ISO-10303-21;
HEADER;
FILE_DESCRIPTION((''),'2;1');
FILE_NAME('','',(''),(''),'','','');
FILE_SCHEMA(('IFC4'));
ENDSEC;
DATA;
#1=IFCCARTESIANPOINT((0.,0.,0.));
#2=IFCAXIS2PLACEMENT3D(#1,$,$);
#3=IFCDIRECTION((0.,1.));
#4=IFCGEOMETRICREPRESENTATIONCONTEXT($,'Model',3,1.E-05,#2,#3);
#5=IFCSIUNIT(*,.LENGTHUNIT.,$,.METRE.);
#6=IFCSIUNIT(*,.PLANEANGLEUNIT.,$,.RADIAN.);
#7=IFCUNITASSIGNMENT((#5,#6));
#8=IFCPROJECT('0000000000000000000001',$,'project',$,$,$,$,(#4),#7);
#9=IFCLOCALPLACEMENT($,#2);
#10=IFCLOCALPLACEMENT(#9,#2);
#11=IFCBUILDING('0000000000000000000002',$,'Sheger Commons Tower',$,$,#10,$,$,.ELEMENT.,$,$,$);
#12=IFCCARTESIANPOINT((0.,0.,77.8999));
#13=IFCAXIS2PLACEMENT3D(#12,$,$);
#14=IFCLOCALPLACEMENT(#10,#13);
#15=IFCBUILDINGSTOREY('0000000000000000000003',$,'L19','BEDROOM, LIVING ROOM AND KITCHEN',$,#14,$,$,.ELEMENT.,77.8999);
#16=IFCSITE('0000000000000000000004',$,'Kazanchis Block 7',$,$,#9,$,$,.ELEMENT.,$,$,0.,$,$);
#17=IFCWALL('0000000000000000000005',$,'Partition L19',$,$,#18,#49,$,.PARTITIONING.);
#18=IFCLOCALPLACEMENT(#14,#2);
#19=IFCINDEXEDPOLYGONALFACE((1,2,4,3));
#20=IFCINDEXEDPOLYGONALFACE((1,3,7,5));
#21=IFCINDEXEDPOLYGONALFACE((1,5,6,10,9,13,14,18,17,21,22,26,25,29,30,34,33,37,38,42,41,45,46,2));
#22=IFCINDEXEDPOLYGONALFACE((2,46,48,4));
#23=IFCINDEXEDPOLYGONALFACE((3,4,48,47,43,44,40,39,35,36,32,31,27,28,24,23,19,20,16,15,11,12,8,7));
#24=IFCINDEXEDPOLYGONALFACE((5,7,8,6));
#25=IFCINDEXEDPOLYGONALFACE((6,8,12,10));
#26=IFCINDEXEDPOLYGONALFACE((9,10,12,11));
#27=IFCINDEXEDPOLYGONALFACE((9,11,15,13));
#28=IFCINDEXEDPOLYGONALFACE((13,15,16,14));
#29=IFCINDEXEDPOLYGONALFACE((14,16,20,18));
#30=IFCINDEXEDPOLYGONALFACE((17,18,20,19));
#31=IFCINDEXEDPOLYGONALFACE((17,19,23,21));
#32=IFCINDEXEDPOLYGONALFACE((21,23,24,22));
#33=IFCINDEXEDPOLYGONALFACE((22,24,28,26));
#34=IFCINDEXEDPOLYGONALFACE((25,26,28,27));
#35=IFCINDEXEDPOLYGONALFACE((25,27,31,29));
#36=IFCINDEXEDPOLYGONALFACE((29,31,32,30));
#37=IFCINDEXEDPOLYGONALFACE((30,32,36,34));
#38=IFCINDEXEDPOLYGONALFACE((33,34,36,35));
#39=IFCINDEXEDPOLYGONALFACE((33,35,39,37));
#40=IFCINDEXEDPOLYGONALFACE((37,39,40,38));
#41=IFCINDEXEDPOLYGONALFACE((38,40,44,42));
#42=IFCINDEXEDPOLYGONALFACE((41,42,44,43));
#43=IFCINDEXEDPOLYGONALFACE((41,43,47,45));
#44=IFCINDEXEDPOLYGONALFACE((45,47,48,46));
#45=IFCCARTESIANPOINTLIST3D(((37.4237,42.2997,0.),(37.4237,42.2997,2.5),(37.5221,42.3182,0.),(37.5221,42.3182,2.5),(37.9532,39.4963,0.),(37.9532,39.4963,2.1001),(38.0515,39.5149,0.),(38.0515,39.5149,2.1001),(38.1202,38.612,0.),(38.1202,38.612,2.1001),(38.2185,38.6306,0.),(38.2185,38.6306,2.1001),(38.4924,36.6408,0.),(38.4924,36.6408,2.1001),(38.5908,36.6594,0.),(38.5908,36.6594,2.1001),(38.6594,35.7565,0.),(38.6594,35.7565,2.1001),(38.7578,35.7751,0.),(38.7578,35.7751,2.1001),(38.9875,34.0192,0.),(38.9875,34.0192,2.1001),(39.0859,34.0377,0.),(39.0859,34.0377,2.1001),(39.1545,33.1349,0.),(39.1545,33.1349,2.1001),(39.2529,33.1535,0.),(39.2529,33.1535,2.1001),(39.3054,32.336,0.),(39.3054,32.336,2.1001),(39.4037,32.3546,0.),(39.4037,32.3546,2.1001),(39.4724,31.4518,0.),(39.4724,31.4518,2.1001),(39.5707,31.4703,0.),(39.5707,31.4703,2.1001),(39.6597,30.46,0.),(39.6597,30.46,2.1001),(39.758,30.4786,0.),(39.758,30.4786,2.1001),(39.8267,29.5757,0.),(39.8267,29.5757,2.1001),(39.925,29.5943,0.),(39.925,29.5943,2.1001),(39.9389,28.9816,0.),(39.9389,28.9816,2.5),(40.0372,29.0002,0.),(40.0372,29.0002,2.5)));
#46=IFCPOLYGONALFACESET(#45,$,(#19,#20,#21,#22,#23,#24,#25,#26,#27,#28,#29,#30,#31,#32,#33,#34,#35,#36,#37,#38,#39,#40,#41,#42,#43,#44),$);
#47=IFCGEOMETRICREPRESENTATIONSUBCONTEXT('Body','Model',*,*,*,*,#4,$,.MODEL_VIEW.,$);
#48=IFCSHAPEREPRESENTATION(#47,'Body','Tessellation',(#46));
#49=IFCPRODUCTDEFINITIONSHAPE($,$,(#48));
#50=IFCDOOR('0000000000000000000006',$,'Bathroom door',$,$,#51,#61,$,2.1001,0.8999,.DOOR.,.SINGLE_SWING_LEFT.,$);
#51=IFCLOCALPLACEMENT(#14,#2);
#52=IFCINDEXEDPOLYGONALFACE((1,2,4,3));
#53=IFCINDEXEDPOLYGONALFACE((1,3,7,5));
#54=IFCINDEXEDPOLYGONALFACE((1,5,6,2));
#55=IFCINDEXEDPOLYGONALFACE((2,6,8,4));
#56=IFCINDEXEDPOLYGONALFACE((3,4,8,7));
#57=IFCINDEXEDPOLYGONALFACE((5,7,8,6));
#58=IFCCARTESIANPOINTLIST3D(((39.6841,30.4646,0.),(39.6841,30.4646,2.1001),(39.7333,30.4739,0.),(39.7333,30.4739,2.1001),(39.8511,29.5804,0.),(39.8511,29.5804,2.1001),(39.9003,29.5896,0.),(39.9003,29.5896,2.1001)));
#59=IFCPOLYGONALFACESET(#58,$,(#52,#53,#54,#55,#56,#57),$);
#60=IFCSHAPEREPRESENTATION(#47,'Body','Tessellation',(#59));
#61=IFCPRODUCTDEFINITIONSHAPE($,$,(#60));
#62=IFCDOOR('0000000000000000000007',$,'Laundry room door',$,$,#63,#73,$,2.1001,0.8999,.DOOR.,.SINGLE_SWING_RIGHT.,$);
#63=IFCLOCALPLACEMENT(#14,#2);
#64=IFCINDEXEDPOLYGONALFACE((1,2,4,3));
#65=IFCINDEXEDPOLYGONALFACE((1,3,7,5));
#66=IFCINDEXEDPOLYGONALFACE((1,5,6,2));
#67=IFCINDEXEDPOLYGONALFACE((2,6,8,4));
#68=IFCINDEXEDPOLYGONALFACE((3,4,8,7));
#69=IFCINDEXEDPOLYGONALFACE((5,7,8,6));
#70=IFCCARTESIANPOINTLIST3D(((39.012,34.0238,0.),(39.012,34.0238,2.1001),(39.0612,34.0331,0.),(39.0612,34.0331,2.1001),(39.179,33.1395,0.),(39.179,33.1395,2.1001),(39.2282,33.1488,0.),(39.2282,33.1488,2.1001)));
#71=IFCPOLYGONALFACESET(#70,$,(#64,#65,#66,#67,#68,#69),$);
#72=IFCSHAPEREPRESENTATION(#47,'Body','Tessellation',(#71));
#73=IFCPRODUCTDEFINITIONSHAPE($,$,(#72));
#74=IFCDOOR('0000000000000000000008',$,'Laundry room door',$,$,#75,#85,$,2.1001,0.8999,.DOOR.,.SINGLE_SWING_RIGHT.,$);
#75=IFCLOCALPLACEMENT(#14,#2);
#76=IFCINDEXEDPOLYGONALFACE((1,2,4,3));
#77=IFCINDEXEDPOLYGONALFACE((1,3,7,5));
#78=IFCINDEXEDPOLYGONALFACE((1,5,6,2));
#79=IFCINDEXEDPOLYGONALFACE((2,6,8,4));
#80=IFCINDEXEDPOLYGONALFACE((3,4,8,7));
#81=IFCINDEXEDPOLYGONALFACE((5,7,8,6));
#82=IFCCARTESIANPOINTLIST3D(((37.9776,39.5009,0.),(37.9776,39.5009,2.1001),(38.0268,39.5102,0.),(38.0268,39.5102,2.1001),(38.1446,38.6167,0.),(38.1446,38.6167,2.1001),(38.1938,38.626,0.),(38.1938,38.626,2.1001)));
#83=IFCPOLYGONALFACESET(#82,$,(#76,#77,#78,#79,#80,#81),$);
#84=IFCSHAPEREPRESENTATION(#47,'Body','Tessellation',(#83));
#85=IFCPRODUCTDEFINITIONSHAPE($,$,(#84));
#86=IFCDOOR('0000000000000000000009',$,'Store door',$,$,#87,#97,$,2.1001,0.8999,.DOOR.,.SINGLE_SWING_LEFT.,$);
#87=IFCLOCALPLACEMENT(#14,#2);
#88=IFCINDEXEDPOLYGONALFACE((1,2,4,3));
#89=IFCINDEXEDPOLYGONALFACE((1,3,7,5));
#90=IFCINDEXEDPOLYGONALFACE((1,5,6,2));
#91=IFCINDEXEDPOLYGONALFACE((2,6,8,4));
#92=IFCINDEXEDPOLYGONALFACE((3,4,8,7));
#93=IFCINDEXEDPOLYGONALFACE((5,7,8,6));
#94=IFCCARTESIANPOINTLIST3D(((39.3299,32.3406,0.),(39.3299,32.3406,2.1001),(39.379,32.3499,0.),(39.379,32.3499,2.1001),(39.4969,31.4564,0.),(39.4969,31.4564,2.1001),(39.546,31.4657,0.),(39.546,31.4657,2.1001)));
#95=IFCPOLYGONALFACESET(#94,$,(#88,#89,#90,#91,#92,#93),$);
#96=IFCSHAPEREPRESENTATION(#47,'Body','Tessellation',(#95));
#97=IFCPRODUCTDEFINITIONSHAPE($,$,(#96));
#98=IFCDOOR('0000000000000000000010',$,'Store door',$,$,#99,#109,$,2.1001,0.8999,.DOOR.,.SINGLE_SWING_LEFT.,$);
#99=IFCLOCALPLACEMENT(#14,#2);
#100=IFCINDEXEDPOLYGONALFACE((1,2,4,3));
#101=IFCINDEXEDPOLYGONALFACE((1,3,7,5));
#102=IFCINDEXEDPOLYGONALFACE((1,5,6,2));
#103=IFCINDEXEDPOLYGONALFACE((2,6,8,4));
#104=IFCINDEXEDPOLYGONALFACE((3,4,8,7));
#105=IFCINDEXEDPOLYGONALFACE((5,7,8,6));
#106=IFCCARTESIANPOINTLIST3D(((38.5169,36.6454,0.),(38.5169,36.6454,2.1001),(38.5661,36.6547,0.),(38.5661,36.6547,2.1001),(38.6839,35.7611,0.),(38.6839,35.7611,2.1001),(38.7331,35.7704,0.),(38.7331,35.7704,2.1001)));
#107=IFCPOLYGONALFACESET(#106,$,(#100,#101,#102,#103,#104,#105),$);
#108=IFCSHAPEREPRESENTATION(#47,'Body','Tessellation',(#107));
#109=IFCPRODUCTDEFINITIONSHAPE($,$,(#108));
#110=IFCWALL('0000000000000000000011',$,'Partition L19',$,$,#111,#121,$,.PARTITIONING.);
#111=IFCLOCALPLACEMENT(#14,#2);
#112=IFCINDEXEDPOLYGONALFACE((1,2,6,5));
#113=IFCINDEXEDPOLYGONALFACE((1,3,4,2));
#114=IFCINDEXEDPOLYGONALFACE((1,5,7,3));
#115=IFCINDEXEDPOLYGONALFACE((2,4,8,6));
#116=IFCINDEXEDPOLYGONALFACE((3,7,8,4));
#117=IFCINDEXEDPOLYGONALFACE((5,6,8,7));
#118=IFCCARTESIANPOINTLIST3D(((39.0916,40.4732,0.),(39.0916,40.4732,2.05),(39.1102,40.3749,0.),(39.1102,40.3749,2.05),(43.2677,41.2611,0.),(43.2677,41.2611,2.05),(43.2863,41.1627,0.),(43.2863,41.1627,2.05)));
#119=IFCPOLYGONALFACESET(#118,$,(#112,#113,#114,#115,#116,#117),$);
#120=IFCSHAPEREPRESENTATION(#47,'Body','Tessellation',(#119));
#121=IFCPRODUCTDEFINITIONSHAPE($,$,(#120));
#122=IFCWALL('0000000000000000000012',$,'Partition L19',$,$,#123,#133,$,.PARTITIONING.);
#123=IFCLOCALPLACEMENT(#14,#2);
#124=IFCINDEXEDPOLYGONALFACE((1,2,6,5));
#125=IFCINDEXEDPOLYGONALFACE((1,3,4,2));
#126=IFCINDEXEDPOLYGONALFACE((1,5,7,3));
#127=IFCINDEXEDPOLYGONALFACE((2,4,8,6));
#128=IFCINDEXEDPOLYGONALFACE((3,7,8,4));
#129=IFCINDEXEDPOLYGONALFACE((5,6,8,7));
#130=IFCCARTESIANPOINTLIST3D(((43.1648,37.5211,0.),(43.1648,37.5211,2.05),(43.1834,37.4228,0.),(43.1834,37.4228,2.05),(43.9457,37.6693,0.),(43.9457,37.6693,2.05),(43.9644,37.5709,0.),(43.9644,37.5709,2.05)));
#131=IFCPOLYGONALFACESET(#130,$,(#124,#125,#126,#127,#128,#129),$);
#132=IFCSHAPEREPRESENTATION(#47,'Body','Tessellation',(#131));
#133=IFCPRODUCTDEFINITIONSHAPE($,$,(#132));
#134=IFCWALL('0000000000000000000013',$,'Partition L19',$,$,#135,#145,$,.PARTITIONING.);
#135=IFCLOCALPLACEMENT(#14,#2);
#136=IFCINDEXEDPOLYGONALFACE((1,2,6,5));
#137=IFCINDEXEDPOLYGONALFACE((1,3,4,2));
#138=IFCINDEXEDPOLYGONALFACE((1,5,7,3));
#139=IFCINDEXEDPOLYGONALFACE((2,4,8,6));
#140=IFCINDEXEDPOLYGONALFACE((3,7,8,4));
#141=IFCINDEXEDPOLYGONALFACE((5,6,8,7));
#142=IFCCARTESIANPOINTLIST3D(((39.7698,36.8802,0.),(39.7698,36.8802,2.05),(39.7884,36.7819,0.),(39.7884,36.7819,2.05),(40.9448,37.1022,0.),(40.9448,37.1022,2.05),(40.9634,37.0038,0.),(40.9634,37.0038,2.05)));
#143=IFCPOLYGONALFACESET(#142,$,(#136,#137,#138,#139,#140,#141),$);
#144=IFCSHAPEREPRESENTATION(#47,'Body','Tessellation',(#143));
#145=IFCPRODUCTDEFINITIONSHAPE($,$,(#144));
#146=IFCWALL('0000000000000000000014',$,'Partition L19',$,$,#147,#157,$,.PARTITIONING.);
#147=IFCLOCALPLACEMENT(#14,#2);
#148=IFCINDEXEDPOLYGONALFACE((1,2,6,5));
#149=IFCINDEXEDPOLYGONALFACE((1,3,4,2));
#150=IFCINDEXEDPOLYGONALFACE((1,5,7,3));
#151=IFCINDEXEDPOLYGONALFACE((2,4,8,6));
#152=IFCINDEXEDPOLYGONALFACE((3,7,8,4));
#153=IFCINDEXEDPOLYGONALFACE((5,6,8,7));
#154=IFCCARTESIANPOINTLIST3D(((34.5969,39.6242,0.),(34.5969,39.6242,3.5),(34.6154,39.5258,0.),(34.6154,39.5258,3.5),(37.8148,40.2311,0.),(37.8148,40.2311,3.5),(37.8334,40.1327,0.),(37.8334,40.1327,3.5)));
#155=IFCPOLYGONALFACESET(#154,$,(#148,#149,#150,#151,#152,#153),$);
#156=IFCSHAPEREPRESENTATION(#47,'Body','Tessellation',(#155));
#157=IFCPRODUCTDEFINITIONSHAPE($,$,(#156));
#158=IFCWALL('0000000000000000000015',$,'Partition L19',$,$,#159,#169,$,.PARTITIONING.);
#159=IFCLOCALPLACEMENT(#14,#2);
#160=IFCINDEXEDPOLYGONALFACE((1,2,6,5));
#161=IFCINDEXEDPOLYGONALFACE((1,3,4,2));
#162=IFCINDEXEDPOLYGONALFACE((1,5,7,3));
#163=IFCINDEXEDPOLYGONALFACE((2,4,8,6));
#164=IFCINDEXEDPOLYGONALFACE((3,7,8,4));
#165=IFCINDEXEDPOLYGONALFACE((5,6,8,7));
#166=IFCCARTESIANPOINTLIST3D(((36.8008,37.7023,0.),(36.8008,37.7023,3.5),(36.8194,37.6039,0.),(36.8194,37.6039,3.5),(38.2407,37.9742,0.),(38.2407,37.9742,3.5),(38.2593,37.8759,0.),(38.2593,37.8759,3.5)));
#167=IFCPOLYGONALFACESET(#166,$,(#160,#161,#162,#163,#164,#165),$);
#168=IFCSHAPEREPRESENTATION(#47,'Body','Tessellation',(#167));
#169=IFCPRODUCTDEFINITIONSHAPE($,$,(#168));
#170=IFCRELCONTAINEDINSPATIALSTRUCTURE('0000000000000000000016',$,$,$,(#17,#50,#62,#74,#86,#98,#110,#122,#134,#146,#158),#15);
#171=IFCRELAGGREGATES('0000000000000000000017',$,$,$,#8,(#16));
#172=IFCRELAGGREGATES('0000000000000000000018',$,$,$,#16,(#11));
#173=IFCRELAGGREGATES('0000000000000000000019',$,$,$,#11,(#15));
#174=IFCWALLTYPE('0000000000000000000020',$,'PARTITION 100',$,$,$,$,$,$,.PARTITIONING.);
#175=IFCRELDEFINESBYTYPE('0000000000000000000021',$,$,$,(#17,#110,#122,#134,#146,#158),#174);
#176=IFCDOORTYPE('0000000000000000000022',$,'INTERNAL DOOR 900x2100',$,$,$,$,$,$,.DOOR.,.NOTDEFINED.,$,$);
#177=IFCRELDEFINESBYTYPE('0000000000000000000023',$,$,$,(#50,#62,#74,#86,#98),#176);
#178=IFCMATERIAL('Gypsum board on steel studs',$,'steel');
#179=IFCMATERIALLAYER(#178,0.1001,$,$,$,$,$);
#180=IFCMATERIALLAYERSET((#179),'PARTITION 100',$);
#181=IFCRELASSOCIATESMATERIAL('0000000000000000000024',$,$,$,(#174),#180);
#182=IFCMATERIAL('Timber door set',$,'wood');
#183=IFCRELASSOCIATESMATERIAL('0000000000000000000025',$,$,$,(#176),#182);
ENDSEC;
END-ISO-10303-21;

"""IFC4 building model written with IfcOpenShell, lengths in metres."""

from ifc_helpers import new_model, si_unit, direction, frame, frame_2d, origin, place, context, subcontext, project, spatial, rectangle, extrude, material, layer, layer_set, type_object, element, fill, save


model = new_model("IFC4")

# Units and contexts
model_context = context("Model", 3, precision=1e-05, world=origin(), true_north=direction((0.0, 1.0)))
body_context = subcontext(model_context, "Body", "Model", "MODEL_VIEW")
ifc_project = project(units=[si_unit("LENGTHUNIT", "METRE"), si_unit("PLANEANGLEUNIT", "RADIAN")], contexts=[model_context])

# Site, building, storey
site_placement = place(None, origin())
site = spatial("IfcSite", under=ifc_project, at=site_placement, Name="Kazanchis Block 7", CompositionType="ELEMENT", RefElevation=0.0)
building_placement = place(site_placement, origin())
building = spatial("IfcBuilding", under=site, at=building_placement, Name="Sheger Commons Tower", CompositionType="ELEMENT")
storey_placement = place(building_placement, frame((0.0, 0.0, 77.8999)))
storey = spatial("IfcBuildingStorey", under=building, at=storey_placement, Name="L19", Description="BEDROOM, LIVING ROOM AND KITCHEN", CompositionType="ELEMENT", Elevation=77.8999)

# Shared definitions
ifc_material_1 = material(Name="Gypsum board on steel studs", Category="steel")
ifc_layer_1 = layer(ifc_material_1, 0.1001)
ifc_layer_set_1 = layer_set([ifc_layer_1], Name="PARTITION 100")
wall_type = type_object("IfcWallType", Name="PARTITION 100", PredefinedType="PARTITIONING", material=ifc_layer_set_1)

# Wall, openings, doors
ifc_material_2 = material(Name="Timber door set", Category="wood")
door_type = type_object("IfcDoorType", Name="INTERNAL DOOR 900x2100", OperationType="NOTDEFINED", PredefinedType="DOOR", material=ifc_material_2)
wall_1_placement = place(storey_placement, frame((37.4729, 42.3091, 0.0), z_axis=(0.0, 0.0, 1.0), x_axis=(0.185571, -0.982631, 0.0)))
wall_1 = element("IfcWall", 1, at=wall_1_placement, inside=storey, type_object=wall_type, Name="Partition L19", PredefinedType="PARTITIONING", context=body_context, shape_type="SweptSolid", body=[
    extrude(rectangle(XDim=13.5535, YDim=0.1001, at=frame_2d((6.7769, 0.0))), origin(), (0.0, 0.0, 1.0), 2.5),
])
opening_1_placement = place(wall_1_placement, frame((12.0491, 0.0, 0.0)))
opening_1 = element("IfcOpeningElement", 2, at=opening_1_placement, cuts=wall_1, PredefinedType="OPENING", context=body_context, shape_type="SweptSolid", body=[
    extrude(rectangle(XDim=0.8999, YDim=2.1001, at=frame_2d((0.45, 1.05))), frame((0.0, 0.0601, 0.0), z_axis=(0.0, -1.0, 0.0), x_axis=(1.0, 0.0, 0.0)), (0.0, 0.0, 1.0), 0.1201),
])
opening_2_placement = place(wall_1_placement, frame((8.427, 0.0, 0.0)))
opening_2 = element("IfcOpeningElement", 3, at=opening_2_placement, cuts=wall_1, PredefinedType="OPENING", context=body_context, shape_type="SweptSolid", body=[
    extrude(rectangle(XDim=0.8999, YDim=2.1001, at=frame_2d((0.45, 1.05))), frame((0.0, 0.0601, 0.0), z_axis=(0.0, -1.0, 0.0), x_axis=(1.0, 0.0, 0.0)), (0.0, 0.0, 1.0), 0.1201),
])
opening_3_placement = place(wall_1_placement, frame((2.853, 0.0, 0.0)))
opening_3 = element("IfcOpeningElement", 4, at=opening_3_placement, cuts=wall_1, PredefinedType="OPENING", context=body_context, shape_type="SweptSolid", body=[
    extrude(rectangle(XDim=0.8999, YDim=2.1001, at=frame_2d((0.45, 1.05))), frame((0.0, 0.0601, 0.0), z_axis=(0.0, -1.0, 0.0), x_axis=(1.0, 0.0, 0.0)), (0.0, 0.0, 1.0), 0.1201),
])
opening_4_placement = place(wall_1_placement, frame((10.1399, 0.0, 0.0)))
opening_4 = element("IfcOpeningElement", 5, at=opening_4_placement, cuts=wall_1, PredefinedType="OPENING", context=body_context, shape_type="SweptSolid", body=[
    extrude(rectangle(XDim=0.8999, YDim=2.1001, at=frame_2d((0.45, 1.05))), frame((0.0, 0.0601, 0.0), z_axis=(0.0, -1.0, 0.0), x_axis=(1.0, 0.0, 0.0)), (0.0, 0.0, 1.0), 0.1201),
])
opening_5_placement = place(wall_1_placement, frame((5.759, 0.0, 0.0)))
opening_5 = element("IfcOpeningElement", 6, at=opening_5_placement, cuts=wall_1, PredefinedType="OPENING", context=body_context, shape_type="SweptSolid", body=[
    extrude(rectangle(XDim=0.8999, YDim=2.1001, at=frame_2d((0.45, 1.05))), frame((0.0, 0.0601, 0.0), z_axis=(0.0, -1.0, 0.0), x_axis=(1.0, 0.0, 0.0)), (0.0, 0.0, 1.0), 0.1201),
])
door_1_placement = place(opening_1_placement, origin())
door_1 = element("IfcDoor", 7, at=door_1_placement, inside=storey, type_object=door_type, Name="Bathroom door", OperationType="SINGLE_SWING_LEFT", OverallHeight=2.1001, OverallWidth=0.8999, PredefinedType="DOOR", context=body_context, shape_type="SweptSolid", body=[
    extrude(rectangle(XDim=0.8999, YDim=2.1001, at=frame_2d((0.45, 1.05))), frame((0.0, 0.0249, 0.0), z_axis=(0.0, -1.0, 0.0), x_axis=(1.0, 0.0, 0.0)), (0.0, 0.0, 1.0), 0.05),
])
fill(opening_1, door_1)
door_2_placement = place(opening_2_placement, origin())
door_2 = element("IfcDoor", 8, at=door_2_placement, inside=storey, type_object=door_type, Name="Laundry room door", OperationType="SINGLE_SWING_RIGHT", OverallHeight=2.1001, OverallWidth=0.8999, PredefinedType="DOOR", context=body_context, shape_type="SweptSolid", body=[
    extrude(rectangle(XDim=0.8999, YDim=2.1001, at=frame_2d((0.45, 1.05))), frame((0.0, 0.0249, 0.0), z_axis=(0.0, -1.0, 0.0), x_axis=(1.0, 0.0, 0.0)), (0.0, 0.0, 1.0), 0.05),
])
fill(opening_2, door_2)
door_3_placement = place(opening_3_placement, origin())
door_3 = element("IfcDoor", 9, at=door_3_placement, inside=storey, type_object=door_type, Name="Laundry room door", OperationType="SINGLE_SWING_RIGHT", OverallHeight=2.1001, OverallWidth=0.8999, PredefinedType="DOOR", context=body_context, shape_type="SweptSolid", body=[
    extrude(rectangle(XDim=0.8999, YDim=2.1001, at=frame_2d((0.45, 1.05))), frame((0.0, 0.0249, 0.0), z_axis=(0.0, -1.0, 0.0), x_axis=(1.0, 0.0, 0.0)), (0.0, 0.0, 1.0), 0.05),
])
fill(opening_3, door_3)
door_4_placement = place(opening_4_placement, origin())
door_4 = element("IfcDoor", 10, at=door_4_placement, inside=storey, type_object=door_type, Name="Store door", OperationType="SINGLE_SWING_LEFT", OverallHeight=2.1001, OverallWidth=0.8999, PredefinedType="DOOR", context=body_context, shape_type="SweptSolid", body=[
    extrude(rectangle(XDim=0.8999, YDim=2.1001, at=frame_2d((0.45, 1.05))), frame((0.0, 0.0249, 0.0), z_axis=(0.0, -1.0, 0.0), x_axis=(1.0, 0.0, 0.0)), (0.0, 0.0, 1.0), 0.05),
])
fill(opening_4, door_4)
door_5_placement = place(opening_5_placement, origin())
door_5 = element("IfcDoor", 11, at=door_5_placement, inside=storey, type_object=door_type, Name="Store door", OperationType="SINGLE_SWING_LEFT", OverallHeight=2.1001, OverallWidth=0.8999, PredefinedType="DOOR", context=body_context, shape_type="SweptSolid", body=[
    extrude(rectangle(XDim=0.8999, YDim=2.1001, at=frame_2d((0.45, 1.05))), frame((0.0, 0.0249, 0.0), z_axis=(0.0, -1.0, 0.0), x_axis=(1.0, 0.0, 0.0)), (0.0, 0.0, 1.0), 0.05),
])
fill(opening_5, door_5)

# Walls
wall_2_placement = place(storey_placement, frame((43.2771, 41.2119, 0.0), z_axis=(0.0, 0.0, 1.0), x_axis=(-0.982665, -0.185388, 0.0)))
element("IfcWall", 12, at=wall_2_placement, inside=storey, type_object=wall_type, Name="Partition L19", PredefinedType="PARTITIONING", context=body_context, shape_type="SweptSolid", body=[
    extrude(rectangle(XDim=4.2498, YDim=0.1001, at=frame_2d((2.125, 0.0))), origin(), (0.0, 0.0, 1.0), 2.05),
])
wall_3_placement = place(storey_placement, frame((43.9551, 37.6201, 0.0), z_axis=(0.0, 0.0, 1.0), x_axis=(-0.98247, -0.186421, 0.0)))
element("IfcWall", 13, at=wall_3_placement, inside=storey, type_object=wall_type, Name="Partition L19", PredefinedType="PARTITIONING", context=body_context, shape_type="SweptSolid", body=[
    extrude(rectangle(XDim=0.7949, YDim=0.1001, at=frame_2d((0.3975, 0.0))), origin(), (0.0, 0.0, 1.0), 2.05),
])
wall_4_placement = place(storey_placement, frame((40.9541, 37.053, 0.0), z_axis=(0.0, 0.0, 1.0), x_axis=(-0.982629, -0.185583, 0.0)))
element("IfcWall", 14, at=wall_4_placement, inside=storey, type_object=wall_type, Name="Partition L19", PredefinedType="PARTITIONING", context=body_context, shape_type="SweptSolid", body=[
    extrude(rectangle(XDim=1.1958, YDim=0.1001, at=frame_2d((0.5979, 0.0))), origin(), (0.0, 0.0, 1.0), 2.05),
])
wall_5_placement = place(storey_placement, frame((37.824, 40.1819, 0.0), z_axis=(0.0, 0.0, 1.0), x_axis=(-0.982675, -0.185337, 0.0)))
element("IfcWall", 15, at=wall_5_placement, inside=storey, type_object=wall_type, Name="Partition L19", PredefinedType="PARTITIONING", context=body_context, shape_type="SweptSolid", body=[
    extrude(rectangle(XDim=3.2747, YDim=0.1001, at=frame_2d((1.6372, 0.0))), origin(), (0.0, 0.0, 1.0), 3.5),
])
wall_6_placement = place(storey_placement, frame((38.25, 37.925, 0.0), z_axis=(0.0, 0.0, 1.0), x_axis=(-0.982626, -0.185596, 0.0)))
element("IfcWall", 16, at=wall_6_placement, inside=storey, type_object=wall_type, Name="Partition L19", PredefinedType="PARTITIONING", context=body_context, shape_type="SweptSolid", body=[
    extrude(rectangle(XDim=1.4653, YDim=0.1001, at=frame_2d((0.7327, 0.0))), origin(), (0.0, 0.0, 1.0), 3.5),
])

save(model, "model.ifc")
